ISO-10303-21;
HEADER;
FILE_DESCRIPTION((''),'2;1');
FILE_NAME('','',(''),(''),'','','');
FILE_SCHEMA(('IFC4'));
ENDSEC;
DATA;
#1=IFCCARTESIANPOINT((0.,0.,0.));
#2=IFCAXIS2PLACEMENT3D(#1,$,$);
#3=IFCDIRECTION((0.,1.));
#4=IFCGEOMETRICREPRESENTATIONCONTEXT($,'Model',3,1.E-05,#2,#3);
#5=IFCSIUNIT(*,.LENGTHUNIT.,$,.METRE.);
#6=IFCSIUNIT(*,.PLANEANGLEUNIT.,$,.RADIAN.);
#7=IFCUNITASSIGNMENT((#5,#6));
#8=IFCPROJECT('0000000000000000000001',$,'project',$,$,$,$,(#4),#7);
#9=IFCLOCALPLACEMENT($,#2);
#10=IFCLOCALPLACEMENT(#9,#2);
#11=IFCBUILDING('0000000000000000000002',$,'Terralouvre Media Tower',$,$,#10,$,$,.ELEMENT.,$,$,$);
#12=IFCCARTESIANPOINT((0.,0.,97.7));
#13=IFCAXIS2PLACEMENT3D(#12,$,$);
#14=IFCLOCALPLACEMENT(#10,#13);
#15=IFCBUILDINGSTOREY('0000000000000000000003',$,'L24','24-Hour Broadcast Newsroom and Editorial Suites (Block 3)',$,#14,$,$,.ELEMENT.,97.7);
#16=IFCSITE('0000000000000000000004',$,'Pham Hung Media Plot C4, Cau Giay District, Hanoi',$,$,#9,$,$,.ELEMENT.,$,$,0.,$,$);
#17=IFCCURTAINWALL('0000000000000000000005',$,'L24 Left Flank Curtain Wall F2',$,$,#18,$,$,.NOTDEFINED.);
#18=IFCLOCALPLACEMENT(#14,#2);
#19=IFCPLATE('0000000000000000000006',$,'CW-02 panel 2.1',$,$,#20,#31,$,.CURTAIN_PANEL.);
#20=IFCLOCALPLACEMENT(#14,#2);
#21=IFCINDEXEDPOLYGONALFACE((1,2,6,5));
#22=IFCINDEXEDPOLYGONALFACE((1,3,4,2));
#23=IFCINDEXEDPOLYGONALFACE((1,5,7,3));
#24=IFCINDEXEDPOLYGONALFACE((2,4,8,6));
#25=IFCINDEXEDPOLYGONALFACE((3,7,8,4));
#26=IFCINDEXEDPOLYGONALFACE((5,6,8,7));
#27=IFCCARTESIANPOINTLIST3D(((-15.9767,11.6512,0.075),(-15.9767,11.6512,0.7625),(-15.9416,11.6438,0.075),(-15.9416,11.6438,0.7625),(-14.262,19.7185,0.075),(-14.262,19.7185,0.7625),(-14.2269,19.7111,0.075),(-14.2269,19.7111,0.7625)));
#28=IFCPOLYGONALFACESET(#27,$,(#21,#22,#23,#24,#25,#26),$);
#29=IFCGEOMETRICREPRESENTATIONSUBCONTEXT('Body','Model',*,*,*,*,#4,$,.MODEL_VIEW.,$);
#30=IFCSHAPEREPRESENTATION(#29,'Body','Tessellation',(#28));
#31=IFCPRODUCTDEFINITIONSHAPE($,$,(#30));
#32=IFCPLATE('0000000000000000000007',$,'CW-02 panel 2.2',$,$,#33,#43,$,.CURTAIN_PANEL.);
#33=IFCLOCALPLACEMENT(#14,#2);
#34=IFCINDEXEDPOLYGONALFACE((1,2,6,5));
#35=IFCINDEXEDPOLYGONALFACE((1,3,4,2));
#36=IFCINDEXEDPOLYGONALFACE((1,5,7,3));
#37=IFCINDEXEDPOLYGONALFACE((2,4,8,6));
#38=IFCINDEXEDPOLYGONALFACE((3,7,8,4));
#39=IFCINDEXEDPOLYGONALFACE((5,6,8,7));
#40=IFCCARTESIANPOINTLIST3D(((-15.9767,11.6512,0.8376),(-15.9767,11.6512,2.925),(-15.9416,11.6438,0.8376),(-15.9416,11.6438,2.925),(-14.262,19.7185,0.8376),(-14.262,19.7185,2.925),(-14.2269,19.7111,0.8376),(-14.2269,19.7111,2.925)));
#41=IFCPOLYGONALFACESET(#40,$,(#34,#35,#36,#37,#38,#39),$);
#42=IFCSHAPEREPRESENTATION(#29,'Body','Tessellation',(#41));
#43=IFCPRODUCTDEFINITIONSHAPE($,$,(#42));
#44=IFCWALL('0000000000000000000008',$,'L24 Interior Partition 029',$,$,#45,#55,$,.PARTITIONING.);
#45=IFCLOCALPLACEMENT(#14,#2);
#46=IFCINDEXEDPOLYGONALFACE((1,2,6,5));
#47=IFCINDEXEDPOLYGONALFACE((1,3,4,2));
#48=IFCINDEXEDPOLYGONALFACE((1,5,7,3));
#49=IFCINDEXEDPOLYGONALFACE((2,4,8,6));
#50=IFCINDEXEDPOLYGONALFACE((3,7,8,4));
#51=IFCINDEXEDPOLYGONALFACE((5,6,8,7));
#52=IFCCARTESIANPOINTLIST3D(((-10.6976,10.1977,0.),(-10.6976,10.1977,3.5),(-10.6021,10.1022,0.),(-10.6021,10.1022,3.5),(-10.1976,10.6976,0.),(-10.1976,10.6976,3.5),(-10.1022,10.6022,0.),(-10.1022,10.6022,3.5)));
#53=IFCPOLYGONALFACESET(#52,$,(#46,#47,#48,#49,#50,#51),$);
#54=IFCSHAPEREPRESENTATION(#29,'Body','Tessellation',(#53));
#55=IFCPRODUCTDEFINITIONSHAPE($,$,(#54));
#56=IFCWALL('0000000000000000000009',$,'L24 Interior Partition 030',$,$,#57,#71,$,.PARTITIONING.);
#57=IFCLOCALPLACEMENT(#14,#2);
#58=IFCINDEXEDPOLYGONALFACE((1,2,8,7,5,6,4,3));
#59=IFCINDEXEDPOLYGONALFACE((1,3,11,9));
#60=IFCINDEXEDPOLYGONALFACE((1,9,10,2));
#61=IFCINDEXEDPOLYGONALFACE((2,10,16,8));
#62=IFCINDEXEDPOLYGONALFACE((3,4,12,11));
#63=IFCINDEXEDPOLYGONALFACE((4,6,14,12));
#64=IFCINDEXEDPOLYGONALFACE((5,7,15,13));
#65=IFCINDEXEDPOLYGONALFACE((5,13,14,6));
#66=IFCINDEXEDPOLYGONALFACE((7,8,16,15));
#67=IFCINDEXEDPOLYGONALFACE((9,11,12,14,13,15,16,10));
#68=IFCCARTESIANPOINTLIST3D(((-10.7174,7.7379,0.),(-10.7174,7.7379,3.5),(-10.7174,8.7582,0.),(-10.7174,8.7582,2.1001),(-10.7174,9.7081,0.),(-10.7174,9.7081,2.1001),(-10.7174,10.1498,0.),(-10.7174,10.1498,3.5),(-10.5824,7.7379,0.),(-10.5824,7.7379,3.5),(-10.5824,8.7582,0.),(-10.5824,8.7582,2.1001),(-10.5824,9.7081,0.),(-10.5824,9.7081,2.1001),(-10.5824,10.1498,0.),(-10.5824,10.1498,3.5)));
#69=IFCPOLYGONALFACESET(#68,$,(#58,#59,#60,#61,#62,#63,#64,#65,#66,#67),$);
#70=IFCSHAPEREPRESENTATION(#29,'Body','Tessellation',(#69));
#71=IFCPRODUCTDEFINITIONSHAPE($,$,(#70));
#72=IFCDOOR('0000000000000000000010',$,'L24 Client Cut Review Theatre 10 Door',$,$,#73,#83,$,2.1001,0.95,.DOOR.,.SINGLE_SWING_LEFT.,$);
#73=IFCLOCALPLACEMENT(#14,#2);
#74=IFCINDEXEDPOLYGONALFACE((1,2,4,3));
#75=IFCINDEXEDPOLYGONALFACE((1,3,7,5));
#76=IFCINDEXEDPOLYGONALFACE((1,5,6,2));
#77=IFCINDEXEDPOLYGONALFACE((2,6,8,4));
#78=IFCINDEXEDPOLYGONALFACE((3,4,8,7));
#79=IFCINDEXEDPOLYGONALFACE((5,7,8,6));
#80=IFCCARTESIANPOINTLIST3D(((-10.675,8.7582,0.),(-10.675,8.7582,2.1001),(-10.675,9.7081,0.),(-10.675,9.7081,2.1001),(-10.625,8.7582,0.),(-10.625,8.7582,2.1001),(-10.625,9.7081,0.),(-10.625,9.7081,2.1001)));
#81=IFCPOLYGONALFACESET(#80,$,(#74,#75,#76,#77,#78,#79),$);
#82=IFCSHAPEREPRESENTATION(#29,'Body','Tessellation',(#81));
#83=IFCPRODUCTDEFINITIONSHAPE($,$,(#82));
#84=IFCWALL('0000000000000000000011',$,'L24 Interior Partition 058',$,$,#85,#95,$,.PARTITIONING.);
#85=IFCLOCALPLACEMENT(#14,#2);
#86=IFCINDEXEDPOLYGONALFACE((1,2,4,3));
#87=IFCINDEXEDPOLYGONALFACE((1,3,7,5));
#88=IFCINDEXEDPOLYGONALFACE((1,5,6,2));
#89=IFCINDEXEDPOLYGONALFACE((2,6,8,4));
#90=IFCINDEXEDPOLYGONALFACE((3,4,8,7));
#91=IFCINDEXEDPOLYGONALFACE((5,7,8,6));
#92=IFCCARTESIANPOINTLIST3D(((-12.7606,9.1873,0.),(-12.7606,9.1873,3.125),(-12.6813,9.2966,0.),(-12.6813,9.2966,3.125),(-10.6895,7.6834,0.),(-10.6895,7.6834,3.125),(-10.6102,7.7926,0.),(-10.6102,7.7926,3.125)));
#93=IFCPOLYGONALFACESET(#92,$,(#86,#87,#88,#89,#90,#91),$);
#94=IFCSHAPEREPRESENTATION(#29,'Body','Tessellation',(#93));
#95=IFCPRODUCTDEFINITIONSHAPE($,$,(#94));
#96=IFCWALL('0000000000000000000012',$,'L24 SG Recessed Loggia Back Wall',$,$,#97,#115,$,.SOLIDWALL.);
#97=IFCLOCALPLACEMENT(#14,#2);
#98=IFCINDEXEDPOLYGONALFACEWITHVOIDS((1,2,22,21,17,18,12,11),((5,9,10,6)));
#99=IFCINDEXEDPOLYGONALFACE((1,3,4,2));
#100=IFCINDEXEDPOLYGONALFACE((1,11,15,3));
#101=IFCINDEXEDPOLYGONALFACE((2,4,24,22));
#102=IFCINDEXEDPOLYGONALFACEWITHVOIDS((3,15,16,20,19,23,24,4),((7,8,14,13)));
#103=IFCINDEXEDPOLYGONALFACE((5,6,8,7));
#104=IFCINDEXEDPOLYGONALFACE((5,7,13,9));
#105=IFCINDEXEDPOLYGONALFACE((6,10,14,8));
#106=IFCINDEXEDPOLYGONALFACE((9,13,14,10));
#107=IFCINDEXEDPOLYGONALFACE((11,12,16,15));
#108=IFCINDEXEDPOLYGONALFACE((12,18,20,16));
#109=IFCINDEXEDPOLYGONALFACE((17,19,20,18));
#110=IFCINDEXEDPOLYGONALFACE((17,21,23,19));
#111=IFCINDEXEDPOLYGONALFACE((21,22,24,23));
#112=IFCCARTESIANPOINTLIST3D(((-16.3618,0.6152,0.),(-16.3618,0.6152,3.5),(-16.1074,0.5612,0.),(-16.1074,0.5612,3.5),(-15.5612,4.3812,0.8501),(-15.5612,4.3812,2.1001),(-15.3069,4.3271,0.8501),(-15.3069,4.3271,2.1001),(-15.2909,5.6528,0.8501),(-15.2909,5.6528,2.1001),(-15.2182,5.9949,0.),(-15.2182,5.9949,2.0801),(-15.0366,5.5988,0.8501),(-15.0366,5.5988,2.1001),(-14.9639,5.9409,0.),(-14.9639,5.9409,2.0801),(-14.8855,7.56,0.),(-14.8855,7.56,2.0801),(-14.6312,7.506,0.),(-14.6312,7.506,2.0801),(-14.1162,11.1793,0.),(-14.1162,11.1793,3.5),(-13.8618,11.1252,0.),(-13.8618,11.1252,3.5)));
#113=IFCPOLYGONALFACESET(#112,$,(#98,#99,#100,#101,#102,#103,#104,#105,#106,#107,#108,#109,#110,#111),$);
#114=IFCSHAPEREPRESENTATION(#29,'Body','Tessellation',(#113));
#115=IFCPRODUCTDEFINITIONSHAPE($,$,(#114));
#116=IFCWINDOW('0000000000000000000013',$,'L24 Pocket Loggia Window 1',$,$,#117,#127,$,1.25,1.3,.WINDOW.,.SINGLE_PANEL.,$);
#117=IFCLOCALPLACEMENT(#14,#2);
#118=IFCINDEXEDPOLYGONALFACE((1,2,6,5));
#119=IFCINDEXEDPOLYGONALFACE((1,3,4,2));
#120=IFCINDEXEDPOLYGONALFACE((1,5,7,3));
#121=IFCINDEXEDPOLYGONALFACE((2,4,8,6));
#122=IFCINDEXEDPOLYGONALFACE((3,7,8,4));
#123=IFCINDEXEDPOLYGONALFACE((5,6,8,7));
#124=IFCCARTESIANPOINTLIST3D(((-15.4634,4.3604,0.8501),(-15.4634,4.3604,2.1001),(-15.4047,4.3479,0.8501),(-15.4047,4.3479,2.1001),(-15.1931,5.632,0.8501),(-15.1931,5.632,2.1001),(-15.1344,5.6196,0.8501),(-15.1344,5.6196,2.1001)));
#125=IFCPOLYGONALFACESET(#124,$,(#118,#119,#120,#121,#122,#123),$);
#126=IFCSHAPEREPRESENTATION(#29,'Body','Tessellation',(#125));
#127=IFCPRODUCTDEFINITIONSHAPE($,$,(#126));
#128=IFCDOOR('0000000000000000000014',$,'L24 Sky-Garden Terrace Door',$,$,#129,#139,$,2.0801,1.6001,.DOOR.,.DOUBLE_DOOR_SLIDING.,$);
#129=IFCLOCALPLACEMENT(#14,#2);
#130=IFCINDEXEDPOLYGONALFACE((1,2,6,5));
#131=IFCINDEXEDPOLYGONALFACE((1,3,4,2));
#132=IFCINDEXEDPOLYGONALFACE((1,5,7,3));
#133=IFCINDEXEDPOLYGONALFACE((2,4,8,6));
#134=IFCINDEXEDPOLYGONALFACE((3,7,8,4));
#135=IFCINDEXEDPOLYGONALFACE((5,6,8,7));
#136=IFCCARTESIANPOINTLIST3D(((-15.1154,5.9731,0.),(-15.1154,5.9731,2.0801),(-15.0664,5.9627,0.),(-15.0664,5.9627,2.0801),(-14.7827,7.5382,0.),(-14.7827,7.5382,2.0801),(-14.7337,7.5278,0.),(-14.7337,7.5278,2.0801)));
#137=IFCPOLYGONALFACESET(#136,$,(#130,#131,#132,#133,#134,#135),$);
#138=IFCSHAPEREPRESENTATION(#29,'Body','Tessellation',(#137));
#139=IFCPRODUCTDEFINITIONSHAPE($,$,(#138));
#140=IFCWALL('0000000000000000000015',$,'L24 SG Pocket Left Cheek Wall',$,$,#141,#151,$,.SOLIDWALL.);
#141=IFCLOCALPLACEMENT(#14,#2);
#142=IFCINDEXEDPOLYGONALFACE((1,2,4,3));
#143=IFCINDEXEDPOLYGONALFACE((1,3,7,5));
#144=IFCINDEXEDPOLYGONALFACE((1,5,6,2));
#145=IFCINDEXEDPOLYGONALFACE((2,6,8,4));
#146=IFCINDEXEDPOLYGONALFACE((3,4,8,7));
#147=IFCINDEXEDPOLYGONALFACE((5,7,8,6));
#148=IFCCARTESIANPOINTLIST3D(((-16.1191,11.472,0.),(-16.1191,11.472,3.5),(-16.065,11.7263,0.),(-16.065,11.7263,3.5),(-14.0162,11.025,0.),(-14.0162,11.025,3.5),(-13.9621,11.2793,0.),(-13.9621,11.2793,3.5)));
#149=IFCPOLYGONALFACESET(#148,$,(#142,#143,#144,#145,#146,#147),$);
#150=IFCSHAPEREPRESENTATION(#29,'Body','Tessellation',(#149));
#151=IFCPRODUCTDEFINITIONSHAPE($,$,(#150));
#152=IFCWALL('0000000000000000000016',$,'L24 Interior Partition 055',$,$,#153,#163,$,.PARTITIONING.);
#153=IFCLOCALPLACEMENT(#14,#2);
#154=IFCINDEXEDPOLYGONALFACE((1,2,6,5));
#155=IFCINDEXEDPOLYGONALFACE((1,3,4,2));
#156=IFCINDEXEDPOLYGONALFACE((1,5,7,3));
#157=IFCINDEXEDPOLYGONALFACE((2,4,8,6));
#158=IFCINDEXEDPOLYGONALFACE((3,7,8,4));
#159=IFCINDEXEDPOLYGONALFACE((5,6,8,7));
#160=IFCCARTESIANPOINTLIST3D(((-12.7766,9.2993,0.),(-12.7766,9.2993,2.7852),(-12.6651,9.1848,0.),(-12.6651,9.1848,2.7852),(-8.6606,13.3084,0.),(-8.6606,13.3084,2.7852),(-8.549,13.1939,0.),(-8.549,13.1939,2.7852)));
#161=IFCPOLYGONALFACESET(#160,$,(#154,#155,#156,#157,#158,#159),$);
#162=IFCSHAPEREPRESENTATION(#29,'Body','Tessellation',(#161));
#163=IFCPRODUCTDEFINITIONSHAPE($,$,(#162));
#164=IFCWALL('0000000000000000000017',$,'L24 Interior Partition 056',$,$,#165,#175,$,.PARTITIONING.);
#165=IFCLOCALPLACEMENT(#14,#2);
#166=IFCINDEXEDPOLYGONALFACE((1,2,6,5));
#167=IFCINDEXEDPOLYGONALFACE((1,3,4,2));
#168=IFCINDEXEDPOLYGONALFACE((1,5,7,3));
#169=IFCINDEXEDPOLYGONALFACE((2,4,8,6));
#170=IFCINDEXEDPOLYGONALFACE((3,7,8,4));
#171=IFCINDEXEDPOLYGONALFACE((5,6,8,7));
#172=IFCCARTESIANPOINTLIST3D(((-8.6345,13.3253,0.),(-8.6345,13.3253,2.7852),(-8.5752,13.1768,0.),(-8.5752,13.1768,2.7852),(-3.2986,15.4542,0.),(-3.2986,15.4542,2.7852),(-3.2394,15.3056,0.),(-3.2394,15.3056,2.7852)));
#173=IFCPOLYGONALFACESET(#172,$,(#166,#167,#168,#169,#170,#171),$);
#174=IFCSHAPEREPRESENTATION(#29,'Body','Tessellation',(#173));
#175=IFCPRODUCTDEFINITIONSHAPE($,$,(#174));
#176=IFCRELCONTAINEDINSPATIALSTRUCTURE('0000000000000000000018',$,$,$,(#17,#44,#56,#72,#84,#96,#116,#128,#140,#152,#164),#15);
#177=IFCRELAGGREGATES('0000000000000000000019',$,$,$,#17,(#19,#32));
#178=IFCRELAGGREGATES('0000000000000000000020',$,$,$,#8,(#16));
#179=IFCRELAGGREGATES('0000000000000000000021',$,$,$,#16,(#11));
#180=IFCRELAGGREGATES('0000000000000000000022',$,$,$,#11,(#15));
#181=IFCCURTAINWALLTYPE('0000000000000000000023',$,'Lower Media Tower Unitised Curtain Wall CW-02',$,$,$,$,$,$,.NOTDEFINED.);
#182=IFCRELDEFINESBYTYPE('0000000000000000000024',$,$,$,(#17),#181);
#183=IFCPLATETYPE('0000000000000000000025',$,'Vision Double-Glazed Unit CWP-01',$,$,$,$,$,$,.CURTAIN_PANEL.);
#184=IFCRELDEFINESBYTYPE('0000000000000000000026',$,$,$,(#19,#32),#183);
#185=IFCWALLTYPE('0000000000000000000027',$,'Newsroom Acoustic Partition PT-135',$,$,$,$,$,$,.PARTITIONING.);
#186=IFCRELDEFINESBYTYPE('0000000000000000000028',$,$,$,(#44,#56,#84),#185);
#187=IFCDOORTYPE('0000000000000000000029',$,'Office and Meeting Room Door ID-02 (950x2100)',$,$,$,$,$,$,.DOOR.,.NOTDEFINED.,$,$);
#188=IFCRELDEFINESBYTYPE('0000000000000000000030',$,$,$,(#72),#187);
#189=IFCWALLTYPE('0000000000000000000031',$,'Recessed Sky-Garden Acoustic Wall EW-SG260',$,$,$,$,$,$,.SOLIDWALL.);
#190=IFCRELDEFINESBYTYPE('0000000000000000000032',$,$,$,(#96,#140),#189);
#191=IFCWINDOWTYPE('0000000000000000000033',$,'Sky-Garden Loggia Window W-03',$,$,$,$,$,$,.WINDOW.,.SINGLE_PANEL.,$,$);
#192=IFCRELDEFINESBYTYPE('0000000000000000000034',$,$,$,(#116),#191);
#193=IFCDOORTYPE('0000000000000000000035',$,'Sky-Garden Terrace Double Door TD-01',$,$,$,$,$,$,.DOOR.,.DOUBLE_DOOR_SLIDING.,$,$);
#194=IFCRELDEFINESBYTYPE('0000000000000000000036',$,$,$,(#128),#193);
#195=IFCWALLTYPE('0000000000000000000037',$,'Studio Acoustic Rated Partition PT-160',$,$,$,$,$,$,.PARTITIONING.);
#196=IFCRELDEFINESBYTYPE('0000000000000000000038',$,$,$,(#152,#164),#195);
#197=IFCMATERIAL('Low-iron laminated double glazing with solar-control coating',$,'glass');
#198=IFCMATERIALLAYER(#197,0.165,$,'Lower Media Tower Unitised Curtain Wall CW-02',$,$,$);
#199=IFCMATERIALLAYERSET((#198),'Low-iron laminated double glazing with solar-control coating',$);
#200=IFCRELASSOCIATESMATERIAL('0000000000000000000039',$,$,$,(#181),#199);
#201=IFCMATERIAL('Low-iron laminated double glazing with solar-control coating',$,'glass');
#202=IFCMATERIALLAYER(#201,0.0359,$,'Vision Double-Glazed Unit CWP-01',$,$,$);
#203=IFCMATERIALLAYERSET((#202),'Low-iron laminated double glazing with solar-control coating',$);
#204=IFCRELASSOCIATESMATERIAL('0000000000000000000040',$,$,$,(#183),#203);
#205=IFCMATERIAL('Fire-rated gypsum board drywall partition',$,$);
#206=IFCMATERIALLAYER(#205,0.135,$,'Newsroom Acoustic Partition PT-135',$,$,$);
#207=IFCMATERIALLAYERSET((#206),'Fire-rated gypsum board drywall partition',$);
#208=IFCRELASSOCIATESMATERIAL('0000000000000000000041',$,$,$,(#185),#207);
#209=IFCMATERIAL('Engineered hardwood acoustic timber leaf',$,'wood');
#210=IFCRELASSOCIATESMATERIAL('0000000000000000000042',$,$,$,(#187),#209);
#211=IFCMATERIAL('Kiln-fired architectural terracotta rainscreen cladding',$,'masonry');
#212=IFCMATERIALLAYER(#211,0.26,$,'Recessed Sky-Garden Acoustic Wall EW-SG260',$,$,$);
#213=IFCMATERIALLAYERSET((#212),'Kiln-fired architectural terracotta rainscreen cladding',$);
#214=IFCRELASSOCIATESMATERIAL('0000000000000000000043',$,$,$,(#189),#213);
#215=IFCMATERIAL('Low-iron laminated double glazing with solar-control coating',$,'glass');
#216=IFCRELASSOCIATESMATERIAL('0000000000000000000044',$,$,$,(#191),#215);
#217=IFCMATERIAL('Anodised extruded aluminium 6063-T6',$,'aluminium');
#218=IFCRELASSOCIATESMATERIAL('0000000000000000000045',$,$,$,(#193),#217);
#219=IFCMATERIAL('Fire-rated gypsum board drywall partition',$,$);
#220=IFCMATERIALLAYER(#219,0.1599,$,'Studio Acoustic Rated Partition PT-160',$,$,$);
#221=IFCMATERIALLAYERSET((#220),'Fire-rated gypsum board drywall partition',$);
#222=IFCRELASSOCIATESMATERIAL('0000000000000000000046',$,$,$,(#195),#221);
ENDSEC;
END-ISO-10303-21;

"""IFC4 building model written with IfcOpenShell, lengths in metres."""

from ifc_helpers import new_model, si_unit, direction, frame, frame_2d, origin, origin_2d, place, context, subcontext, project, spatial, rectangle, extrude, material, layer, layer_set, type_object, element, fill, aggregate, save


model = new_model("IFC4")

# Units and contexts
model_context = context("Model", 3, precision=1e-05, world=origin(), true_north=direction((0.0, 1.0)))
body_context = subcontext(model_context, "Body", "Model", "MODEL_VIEW")
ifc_project = project(units=[si_unit("LENGTHUNIT", "METRE"), si_unit("PLANEANGLEUNIT", "RADIAN")], contexts=[model_context])

# Site, building, storey
site_placement = place(None, origin())
site = spatial("IfcSite", under=ifc_project, at=site_placement, Name="Pham Hung Media Plot C4, Cau Giay District, Hanoi", CompositionType="ELEMENT", RefElevation=0.0)
building_placement = place(site_placement, origin())
building = spatial("IfcBuilding", under=site, at=building_placement, Name="Terralouvre Media Tower", CompositionType="ELEMENT")
storey_placement = place(building_placement, frame((0.0, 0.0, 97.7)))
storey = spatial("IfcBuildingStorey", under=building, at=storey_placement, Name="L24", Description="24-Hour Broadcast Newsroom and Editorial Suites (Block 3)", CompositionType="ELEMENT", Elevation=97.7)

# Curtain wall
ifc_material_1 = material(Name="Low-iron laminated double glazing with solar-control coating", Category="glass")
ifc_layer_1 = layer(ifc_material_1, 0.165, Name="Lower Media Tower Unitised Curtain Wall CW-02")
ifc_layer_set_1 = layer_set([ifc_layer_1], Name="Low-iron laminated double glazing with solar-control coating")
curtain_wall_type = type_object("IfcCurtainWallType", Name="Lower Media Tower Unitised Curtain Wall CW-02", PredefinedType="NOTDEFINED", material=ifc_layer_set_1)
curtain_wall_placement = place(storey_placement, origin())
curtain_wall = element("IfcCurtainWall", 1, at=curtain_wall_placement, inside=storey, type_object=curtain_wall_type, Name="L24 Left Flank Curtain Wall F2", PredefinedType="NOTDEFINED")

# Plates
ifc_material_2 = material(Name="Low-iron laminated double glazing with solar-control coating", Category="glass")
ifc_layer_2 = layer(ifc_material_2, 0.0359, Name="Vision Double-Glazed Unit CWP-01")
ifc_layer_set_2 = layer_set([ifc_layer_2], Name="Low-iron laminated double glazing with solar-control coating")
plate_type = type_object("IfcPlateType", Name="Vision Double-Glazed Unit CWP-01", PredefinedType="CURTAIN_PANEL", material=ifc_layer_set_2)
plate_1_placement = place(storey_placement, frame((-15.1018, 15.6812, 0.075), z_axis=(0.0, 0.0, 1.0), x_axis=(-0.207912, -0.978148, 0.0)))
plate_1 = element("IfcPlate", 2, at=plate_1_placement, type_object=plate_type, Name="CW-02 panel 2.1", PredefinedType="CURTAIN_PANEL", context=body_context, shape_type="SweptSolid", body=[
    extrude(rectangle(XDim=8.2476, YDim=0.0359, at=origin_2d()), origin(), (0.0, 0.0, 1.0), 0.6875),
])
plate_2_placement = place(storey_placement, frame((-15.1018, 15.6812, 0.8376), z_axis=(0.0, 0.0, 1.0), x_axis=(-0.207912, -0.978148, 0.0)))
plate_2 = element("IfcPlate", 3, at=plate_2_placement, type_object=plate_type, Name="CW-02 panel 2.2", PredefinedType="CURTAIN_PANEL", context=body_context, shape_type="SweptSolid", body=[
    extrude(rectangle(XDim=8.2476, YDim=0.0359, at=origin_2d()), origin(), (0.0, 0.0, 1.0), 2.0874),
])
aggregate(curtain_wall, [plate_1, plate_2])

# Wall
ifc_material_3 = material(Name="Fire-rated gypsum board drywall partition")
ifc_layer_3 = layer(ifc_material_3, 0.135, Name="Newsroom Acoustic Partition PT-135")
ifc_layer_set_3 = layer_set([ifc_layer_3], Name="Fire-rated gypsum board drywall partition")
wall_type_1 = type_object("IfcWallType", Name="Newsroom Acoustic Partition PT-135", PredefinedType="PARTITIONING", material=ifc_layer_set_3)
wall_1_placement = place(storey_placement, frame((-10.1499, 10.6499, 0.0), z_axis=(0.0, 0.0, 1.0), x_axis=(-0.707107, -0.707107, 0.0)))
element("IfcWall", 4, at=wall_1_placement, inside=storey, type_object=wall_type_1, Name="L24 Interior Partition 029", PredefinedType="PARTITIONING", context=body_context, shape_type="SweptSolid", body=[
    extrude(rectangle(XDim=0.707, YDim=0.135, at=frame_2d((0.3535, 0.0))), origin(), (0.0, 0.0, 1.0), 3.5),
])

# Wall, opening, door
wall_2_placement = place(storey_placement, frame((-10.6499, 10.1499, 0.0), z_axis=(0.0, 0.0, 1.0), x_axis=(0.0, -1.0, 0.0)))
wall_2 = element("IfcWall", 5, at=wall_2_placement, inside=storey, type_object=wall_type_1, Name="L24 Interior Partition 030", PredefinedType="PARTITIONING", context=body_context, shape_type="SweptSolid", body=[
    extrude(rectangle(XDim=2.4119, YDim=0.135, at=frame_2d((1.2061, 0.0))), origin(), (0.0, 0.0, 1.0), 3.5),
])
opening_1_placement = place(wall_2_placement, frame((0.4417, 0.0, 0.0)))
opening_1 = element("IfcOpeningElement", 6, at=opening_1_placement, cuts=wall_2, PredefinedType="OPENING", context=body_context, shape_type="SweptSolid", body=[
    extrude(rectangle(XDim=0.95, YDim=2.1001, at=frame_2d((0.4751, 1.05))), frame((0.0, 0.0774, 0.0), z_axis=(0.0, -1.0, 0.0), x_axis=(1.0, 0.0, 0.0)), (0.0, 0.0, 1.0), 0.155),
])
ifc_material_4 = material(Name="Engineered hardwood acoustic timber leaf", Category="wood")
door_type_1 = type_object("IfcDoorType", Name="Office and Meeting Room Door ID-02 (950x2100)", OperationType="NOTDEFINED", PredefinedType="DOOR", material=ifc_material_4)
door_1_placement = place(opening_1_placement, origin())
door_1 = element("IfcDoor", 7, at=door_1_placement, inside=storey, type_object=door_type_1, Name="L24 Client Cut Review Theatre 10 Door", OperationType="SINGLE_SWING_LEFT", OverallHeight=2.1001, OverallWidth=0.95, PredefinedType="DOOR", context=body_context, shape_type="SweptSolid", body=[
    extrude(rectangle(XDim=0.95, YDim=2.1001, at=frame_2d((0.4751, 1.05))), frame((0.0, 0.0249, 0.0), z_axis=(0.0, -1.0, 0.0), x_axis=(1.0, 0.0, 0.0)), (0.0, 0.0, 1.0), 0.05),
])
fill(opening_1, door_1)

# Wall
wall_3_placement = place(storey_placement, frame((-12.7209, 9.2419, 0.0), z_axis=(0.0, 0.0, 1.0), x_axis=(0.809165, -0.587582, 0.0)))
element("IfcWall", 8, at=wall_3_placement, inside=storey, type_object=wall_type_1, Name="L24 Interior Partition 058", PredefinedType="PARTITIONING", context=body_context, shape_type="SweptSolid", body=[
    extrude(rectangle(XDim=2.5596, YDim=0.135, at=frame_2d((1.2798, 0.0))), origin(), (0.0, 0.0, 1.0), 3.125),
])

# Wall, openings, window, door
ifc_material_5 = material(Name="Kiln-fired architectural terracotta rainscreen cladding", Category="masonry")
ifc_layer_4 = layer(ifc_material_5, 0.26, Name="Recessed Sky-Garden Acoustic Wall EW-SG260")
ifc_layer_set_4 = layer_set([ifc_layer_4], Name="Kiln-fired architectural terracotta rainscreen cladding")
wall_type_2 = type_object("IfcWallType", Name="Recessed Sky-Garden Acoustic Wall EW-SG260", PredefinedType="SOLIDWALL", material=ifc_layer_set_4)
wall_4_placement = place(storey_placement, frame((-13.989, 11.1521, 0.0), z_axis=(0.0, 0.0, 1.0), x_axis=(-0.207926, -0.978144, 0.0)))
wall_4 = element("IfcWall", 9, at=wall_4_placement, inside=storey, type_object=wall_type_2, Name="L24 SG Recessed Loggia Back Wall", PredefinedType="SOLIDWALL", context=body_context, shape_type="SweptSolid", body=[
    extrude(rectangle(XDim=10.8, YDim=0.26, at=frame_2d((5.3999, 0.0))), origin(), (0.0, 0.0, 1.0), 3.5),
])
opening_2_placement = place(wall_4_placement, frame((3.7, 0.0, 0.0)))
opening_2 = element("IfcOpeningElement", 10, at=opening_2_placement, cuts=wall_4, PredefinedType="OPENING", context=body_context, shape_type="SweptSolid", body=[
    extrude(rectangle(XDim=1.6001, YDim=2.0801, at=frame_2d((0.8, 1.04))), frame((0.0, 0.1399, 0.0), z_axis=(0.0, -1.0, 0.0), x_axis=(1.0, 0.0, 0.0)), (0.0, 0.0, 1.0), 0.28),
])
opening_3_placement = place(wall_4_placement, frame((5.6499, 0.0, 0.8501)))
opening_3 = element("IfcOpeningElement", 11, at=opening_3_placement, cuts=wall_4, PredefinedType="OPENING", context=body_context, shape_type="SweptSolid", body=[
    extrude(rectangle(XDim=1.3, YDim=1.25, at=frame_2d((0.6499, 0.625))), frame((0.0, 0.1399, 0.0), z_axis=(0.0, -1.0, 0.0), x_axis=(1.0, 0.0, 0.0)), (0.0, 0.0, 1.0), 0.28),
])
ifc_material_6 = material(Name="Low-iron laminated double glazing with solar-control coating", Category="glass")
window_type = type_object("IfcWindowType", Name="Sky-Garden Loggia Window W-03", PartitioningType="SINGLE_PANEL", PredefinedType="WINDOW", material=ifc_material_6)
window_placement = place(opening_3_placement, origin())
window = element("IfcWindow", 12, at=window_placement, inside=storey, type_object=window_type, Name="L24 Pocket Loggia Window 1", OverallHeight=1.25, OverallWidth=1.3, PartitioningType="SINGLE_PANEL", PredefinedType="WINDOW", context=body_context, shape_type="SweptSolid", body=[
    extrude(rectangle(XDim=1.3, YDim=1.25, at=frame_2d((0.6499, 0.625))), frame((0.0, 0.03, 0.0), z_axis=(0.0, -1.0, 0.0), x_axis=(1.0, 0.0, 0.0)), (0.0, 0.0, 1.0), 0.0601),
])
fill(opening_3, window)
ifc_material_7 = material(Name="Anodised extruded aluminium 6063-T6", Category="aluminium")
door_type_2 = type_object("IfcDoorType", Name="Sky-Garden Terrace Double Door TD-01", OperationType="DOUBLE_DOOR_SLIDING", PredefinedType="DOOR", material=ifc_material_7)
door_2_placement = place(opening_2_placement, frame((1.6001, 0.0, 0.0), z_axis=(0.0, 0.0, 1.0), x_axis=(-1.0, 0.0, 0.0)))
door_2 = element("IfcDoor", 13, at=door_2_placement, inside=storey, type_object=door_type_2, Name="L24 Sky-Garden Terrace Door", OperationType="DOUBLE_DOOR_SLIDING", OverallHeight=2.0801, OverallWidth=1.6001, PredefinedType="DOOR", context=body_context, shape_type="SweptSolid", body=[
    extrude(rectangle(XDim=1.6001, YDim=2.0801, at=frame_2d((0.8, 1.04))), frame((0.0, 0.0249, 0.0), z_axis=(0.0, -1.0, 0.0), x_axis=(1.0, 0.0, 0.0)), (0.0, 0.0, 1.0), 0.05),
])
fill(opening_2, door_2)

# Walls
wall_5_placement = place(storey_placement, frame((-16.092, 11.5991, 0.0), z_axis=(0.0, 0.0, 1.0), x_axis=(0.978147, -0.207916, 0.0)))
element("IfcWall", 14, at=wall_5_placement, inside=storey, type_object=wall_type_2, Name="L24 SG Pocket Left Cheek Wall", PredefinedType="SOLIDWALL", context=body_context, shape_type="SweptSolid", body=[
    extrude(rectangle(XDim=2.1499, YDim=0.26, at=frame_2d((1.075, 0.0))), origin(), (0.0, 0.0, 1.0), 3.5),
])
ifc_material_8 = material(Name="Fire-rated gypsum board drywall partition")
ifc_layer_5 = layer(ifc_material_8, 0.1599, Name="Studio Acoustic Rated Partition PT-160")
ifc_layer_set_5 = layer_set([ifc_layer_5], Name="Fire-rated gypsum board drywall partition")
wall_type_3 = type_object("IfcWallType", Name="Studio Acoustic Rated Partition PT-160", PredefinedType="PARTITIONING", material=ifc_layer_set_5)
wall_6_placement = place(storey_placement, frame((-12.7209, 9.2419, 0.0), z_axis=(0.0, 0.0, 1.0), x_axis=(0.716351, 0.69774, 0.0)))
element("IfcWall", 15, at=wall_6_placement, inside=storey, type_object=wall_type_3, Name="L24 Interior Partition 055", PredefinedType="PARTITIONING", context=body_context, shape_type="SweptSolid", body=[
    extrude(rectangle(XDim=5.7458, YDim=0.1599, at=frame_2d((2.873, 0.0))), origin(), (0.0, 0.0, 1.0), 2.7852),
])
wall_7_placement = place(storey_placement, frame((-8.605, 13.251, 0.0), z_axis=(0.0, 0.0, 1.0), x_axis=(0.928805, 0.37057, 0.0)))
element("IfcWall", 16, at=wall_7_placement, inside=storey, type_object=wall_type_3, Name="L24 Interior Partition 056", PredefinedType="PARTITIONING", context=body_context, shape_type="SweptSolid", body=[
    extrude(rectangle(XDim=5.7449, YDim=0.1599, at=frame_2d((2.8726, 0.0))), origin(), (0.0, 0.0, 1.0), 2.7852),
])

save(model, "model.ifc")
